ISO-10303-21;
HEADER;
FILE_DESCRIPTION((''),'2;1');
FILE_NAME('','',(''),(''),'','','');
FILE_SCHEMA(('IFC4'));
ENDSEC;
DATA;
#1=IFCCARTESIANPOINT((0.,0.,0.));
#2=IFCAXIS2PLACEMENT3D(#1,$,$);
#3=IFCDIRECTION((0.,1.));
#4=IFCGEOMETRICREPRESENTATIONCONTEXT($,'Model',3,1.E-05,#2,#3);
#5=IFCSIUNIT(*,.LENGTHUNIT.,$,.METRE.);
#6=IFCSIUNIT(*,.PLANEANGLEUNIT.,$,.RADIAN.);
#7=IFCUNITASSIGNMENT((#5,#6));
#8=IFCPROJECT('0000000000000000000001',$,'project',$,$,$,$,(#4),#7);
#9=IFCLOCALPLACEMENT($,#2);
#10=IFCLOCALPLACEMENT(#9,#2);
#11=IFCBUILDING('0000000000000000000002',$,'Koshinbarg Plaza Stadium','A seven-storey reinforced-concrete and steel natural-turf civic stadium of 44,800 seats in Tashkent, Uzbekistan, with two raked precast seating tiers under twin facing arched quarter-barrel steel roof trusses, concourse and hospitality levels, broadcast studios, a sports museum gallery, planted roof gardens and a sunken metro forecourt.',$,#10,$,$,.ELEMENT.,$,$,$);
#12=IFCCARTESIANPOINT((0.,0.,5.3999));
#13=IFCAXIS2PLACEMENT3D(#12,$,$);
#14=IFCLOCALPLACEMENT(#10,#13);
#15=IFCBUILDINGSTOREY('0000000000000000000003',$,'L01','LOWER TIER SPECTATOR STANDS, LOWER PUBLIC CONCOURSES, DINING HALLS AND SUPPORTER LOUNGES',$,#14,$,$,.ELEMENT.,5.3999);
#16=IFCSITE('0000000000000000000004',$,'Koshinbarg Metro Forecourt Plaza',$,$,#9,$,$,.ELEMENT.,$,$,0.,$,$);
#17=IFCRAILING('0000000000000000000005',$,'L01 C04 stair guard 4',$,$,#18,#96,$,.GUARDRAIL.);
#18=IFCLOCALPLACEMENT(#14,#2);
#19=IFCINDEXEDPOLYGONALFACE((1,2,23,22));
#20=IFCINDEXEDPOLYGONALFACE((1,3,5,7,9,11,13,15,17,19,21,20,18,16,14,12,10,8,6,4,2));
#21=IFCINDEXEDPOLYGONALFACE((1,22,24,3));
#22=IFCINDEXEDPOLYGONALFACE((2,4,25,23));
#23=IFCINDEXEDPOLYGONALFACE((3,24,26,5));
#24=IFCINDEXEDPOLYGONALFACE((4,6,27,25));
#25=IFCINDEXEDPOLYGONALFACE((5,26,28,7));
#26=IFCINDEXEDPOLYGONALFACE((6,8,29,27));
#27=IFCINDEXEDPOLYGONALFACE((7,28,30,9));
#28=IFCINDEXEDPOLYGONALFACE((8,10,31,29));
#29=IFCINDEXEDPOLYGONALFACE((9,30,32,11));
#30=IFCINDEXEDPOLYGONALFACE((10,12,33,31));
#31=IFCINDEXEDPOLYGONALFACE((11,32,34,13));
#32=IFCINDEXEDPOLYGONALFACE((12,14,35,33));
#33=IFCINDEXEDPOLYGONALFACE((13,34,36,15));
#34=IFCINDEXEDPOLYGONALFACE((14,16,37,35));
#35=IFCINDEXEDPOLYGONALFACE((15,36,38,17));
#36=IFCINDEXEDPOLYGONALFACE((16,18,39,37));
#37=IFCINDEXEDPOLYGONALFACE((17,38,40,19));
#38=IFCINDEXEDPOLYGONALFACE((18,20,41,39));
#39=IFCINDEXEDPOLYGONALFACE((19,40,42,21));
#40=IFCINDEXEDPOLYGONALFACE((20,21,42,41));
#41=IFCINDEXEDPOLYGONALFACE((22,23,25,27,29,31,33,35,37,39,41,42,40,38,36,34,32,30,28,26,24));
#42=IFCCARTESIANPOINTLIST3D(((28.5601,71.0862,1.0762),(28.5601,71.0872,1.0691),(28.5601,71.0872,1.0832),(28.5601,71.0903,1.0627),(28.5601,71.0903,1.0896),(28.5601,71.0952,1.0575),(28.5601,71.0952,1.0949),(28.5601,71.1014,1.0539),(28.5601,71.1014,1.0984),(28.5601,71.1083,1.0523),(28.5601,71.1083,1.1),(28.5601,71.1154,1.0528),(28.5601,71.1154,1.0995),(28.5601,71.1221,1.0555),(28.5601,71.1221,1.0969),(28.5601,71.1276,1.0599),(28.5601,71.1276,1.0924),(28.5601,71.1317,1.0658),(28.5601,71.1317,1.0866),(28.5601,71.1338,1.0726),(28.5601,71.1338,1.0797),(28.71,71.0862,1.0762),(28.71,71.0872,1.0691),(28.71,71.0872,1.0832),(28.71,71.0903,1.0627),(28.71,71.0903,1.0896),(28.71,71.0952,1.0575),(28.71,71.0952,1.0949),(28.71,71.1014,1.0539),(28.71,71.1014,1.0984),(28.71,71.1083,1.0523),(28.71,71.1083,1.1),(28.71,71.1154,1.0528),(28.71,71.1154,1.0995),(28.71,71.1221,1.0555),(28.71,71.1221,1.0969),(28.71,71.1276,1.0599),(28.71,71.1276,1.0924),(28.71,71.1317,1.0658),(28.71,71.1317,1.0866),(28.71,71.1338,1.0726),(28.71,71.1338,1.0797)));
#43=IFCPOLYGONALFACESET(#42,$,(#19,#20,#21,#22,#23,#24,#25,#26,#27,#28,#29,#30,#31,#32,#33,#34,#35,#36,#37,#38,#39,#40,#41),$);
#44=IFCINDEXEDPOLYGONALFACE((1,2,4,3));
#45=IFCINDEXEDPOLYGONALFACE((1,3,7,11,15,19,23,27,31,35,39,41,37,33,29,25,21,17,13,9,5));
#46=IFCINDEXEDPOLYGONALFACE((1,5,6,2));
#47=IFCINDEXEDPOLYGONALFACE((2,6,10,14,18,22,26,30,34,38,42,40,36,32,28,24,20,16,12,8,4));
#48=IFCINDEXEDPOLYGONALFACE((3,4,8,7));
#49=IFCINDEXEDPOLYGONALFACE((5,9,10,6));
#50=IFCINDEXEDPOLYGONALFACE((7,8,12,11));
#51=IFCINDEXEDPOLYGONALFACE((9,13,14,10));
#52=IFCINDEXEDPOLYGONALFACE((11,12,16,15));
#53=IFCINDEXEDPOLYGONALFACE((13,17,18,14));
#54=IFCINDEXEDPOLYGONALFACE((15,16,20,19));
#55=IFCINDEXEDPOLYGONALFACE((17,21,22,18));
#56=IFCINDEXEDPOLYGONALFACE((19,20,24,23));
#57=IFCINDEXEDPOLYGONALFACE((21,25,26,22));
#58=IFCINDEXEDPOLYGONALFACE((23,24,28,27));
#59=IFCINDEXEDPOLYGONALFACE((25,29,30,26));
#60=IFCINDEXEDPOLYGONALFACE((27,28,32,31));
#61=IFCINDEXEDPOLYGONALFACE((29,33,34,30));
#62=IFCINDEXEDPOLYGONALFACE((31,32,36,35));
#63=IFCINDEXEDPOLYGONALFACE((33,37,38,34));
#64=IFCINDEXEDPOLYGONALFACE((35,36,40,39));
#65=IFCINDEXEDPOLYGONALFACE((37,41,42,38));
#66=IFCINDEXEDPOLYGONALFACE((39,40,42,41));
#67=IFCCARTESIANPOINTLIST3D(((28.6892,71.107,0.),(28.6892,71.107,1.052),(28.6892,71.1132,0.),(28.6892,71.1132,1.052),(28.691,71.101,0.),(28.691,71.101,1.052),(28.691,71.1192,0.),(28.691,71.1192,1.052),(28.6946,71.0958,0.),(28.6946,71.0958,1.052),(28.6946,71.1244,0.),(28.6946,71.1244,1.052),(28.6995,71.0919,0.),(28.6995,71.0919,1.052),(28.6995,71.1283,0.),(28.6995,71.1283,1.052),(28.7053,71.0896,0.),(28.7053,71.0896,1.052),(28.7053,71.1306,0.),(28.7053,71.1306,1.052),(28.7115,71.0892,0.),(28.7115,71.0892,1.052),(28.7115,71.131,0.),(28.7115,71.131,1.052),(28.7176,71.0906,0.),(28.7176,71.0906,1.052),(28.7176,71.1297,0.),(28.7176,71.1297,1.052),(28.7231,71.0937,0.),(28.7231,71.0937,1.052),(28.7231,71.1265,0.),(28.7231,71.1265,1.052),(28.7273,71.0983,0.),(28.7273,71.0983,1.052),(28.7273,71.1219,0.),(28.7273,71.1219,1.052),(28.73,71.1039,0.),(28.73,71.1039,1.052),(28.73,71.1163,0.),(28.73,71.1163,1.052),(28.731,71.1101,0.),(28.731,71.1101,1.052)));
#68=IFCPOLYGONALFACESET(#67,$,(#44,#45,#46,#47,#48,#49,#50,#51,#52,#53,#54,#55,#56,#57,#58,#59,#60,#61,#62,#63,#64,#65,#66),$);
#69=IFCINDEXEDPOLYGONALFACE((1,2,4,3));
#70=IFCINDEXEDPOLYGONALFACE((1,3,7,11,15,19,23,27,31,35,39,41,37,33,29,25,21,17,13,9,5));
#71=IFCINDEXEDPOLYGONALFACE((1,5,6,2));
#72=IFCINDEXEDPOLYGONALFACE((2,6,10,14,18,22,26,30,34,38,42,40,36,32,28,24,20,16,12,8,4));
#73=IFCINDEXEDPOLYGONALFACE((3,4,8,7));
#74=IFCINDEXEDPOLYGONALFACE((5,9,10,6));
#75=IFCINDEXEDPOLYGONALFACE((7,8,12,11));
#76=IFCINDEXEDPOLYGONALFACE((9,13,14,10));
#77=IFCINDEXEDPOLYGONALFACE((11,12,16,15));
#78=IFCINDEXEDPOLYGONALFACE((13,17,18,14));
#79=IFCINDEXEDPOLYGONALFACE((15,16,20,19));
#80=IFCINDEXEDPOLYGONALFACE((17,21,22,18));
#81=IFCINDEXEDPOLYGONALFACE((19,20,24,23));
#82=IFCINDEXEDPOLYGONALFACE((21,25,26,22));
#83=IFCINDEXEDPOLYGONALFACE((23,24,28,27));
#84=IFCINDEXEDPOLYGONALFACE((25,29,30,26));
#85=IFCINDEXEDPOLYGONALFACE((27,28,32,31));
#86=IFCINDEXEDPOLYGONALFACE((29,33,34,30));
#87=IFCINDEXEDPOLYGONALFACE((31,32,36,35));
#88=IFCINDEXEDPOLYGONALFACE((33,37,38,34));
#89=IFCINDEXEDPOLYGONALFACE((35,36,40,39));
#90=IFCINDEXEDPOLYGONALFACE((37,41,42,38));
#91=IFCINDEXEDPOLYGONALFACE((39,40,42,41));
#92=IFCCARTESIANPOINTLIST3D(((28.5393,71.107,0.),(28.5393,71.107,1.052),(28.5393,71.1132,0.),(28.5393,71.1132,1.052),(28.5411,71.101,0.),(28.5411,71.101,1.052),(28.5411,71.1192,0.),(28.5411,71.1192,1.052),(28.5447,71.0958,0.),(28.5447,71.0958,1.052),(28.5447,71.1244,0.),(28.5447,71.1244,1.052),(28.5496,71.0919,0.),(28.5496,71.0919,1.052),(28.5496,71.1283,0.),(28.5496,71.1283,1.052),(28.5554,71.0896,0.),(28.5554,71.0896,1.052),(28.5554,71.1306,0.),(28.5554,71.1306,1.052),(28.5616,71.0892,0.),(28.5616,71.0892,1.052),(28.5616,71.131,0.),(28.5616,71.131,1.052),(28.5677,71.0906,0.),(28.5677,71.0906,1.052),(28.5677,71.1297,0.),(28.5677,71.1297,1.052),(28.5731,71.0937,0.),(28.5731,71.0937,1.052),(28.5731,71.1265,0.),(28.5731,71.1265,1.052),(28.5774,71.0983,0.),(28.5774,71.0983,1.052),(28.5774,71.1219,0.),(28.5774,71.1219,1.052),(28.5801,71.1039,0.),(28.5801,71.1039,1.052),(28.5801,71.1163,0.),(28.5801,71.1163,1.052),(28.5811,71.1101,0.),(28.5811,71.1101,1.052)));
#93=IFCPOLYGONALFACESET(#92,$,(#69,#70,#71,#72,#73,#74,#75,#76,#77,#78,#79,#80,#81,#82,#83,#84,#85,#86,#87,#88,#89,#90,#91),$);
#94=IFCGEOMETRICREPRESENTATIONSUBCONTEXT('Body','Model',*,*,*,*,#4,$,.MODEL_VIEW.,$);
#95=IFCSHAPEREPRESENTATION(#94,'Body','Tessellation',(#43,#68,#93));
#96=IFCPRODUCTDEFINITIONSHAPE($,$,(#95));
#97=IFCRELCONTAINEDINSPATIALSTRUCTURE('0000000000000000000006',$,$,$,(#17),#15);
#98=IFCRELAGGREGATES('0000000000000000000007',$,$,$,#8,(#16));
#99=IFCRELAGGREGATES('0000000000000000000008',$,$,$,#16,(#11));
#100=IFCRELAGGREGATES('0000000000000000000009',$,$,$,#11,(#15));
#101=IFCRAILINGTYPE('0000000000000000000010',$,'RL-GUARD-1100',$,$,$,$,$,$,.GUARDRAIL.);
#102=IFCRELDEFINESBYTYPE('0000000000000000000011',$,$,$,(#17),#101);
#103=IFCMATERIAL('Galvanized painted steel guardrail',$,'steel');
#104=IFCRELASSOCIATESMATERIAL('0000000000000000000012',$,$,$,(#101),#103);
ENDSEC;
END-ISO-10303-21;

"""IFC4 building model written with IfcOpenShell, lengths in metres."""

from ifc_helpers import new_model, si_unit, direction, frame, origin, origin_2d, place, context, subcontext, project, spatial, circle, extrude, material, type_object, element, save


model = new_model("IFC4")

# Units and contexts
model_context = context("Model", 3, precision=1e-05, world=origin(), true_north=direction((0.0, 1.0)))
body_context = subcontext(model_context, "Body", "Model", "MODEL_VIEW")
ifc_project = project(units=[si_unit("LENGTHUNIT", "METRE"), si_unit("PLANEANGLEUNIT", "RADIAN")], contexts=[model_context])

# Site, building, storey
site_placement = place(None, origin())
site = spatial("IfcSite", under=ifc_project, at=site_placement, Name="Koshinbarg Metro Forecourt Plaza", CompositionType="ELEMENT", RefElevation=0.0)
building_placement = place(site_placement, origin())
building = spatial("IfcBuilding", under=site, at=building_placement, Name="Koshinbarg Plaza Stadium", Description="A seven-storey reinforced-concrete and steel natural-turf civic stadium of 44,800 seats in Tashkent, Uzbekistan, with two raked precast seating tiers under twin facing arched quarter-barrel steel roof trusses, concourse and hospitality levels, broadcast studios, a sports museum gallery, planted roof gardens and a sunken metro forecourt.", CompositionType="ELEMENT")
storey_placement = place(building_placement, frame((0.0, 0.0, 5.3999)))
storey = spatial("IfcBuildingStorey", under=building, at=storey_placement, Name="L01", Description="LOWER TIER SPECTATOR STANDS, LOWER PUBLIC CONCOURSES, DINING HALLS AND SUPPORTER LOUNGES", CompositionType="ELEMENT", Elevation=5.3999)

# Railing
ifc_material_1 = material(Name="Galvanized painted steel guardrail", Category="steel")
railing_type_1 = type_object("IfcRailingType", Name="RL-GUARD-1100", PredefinedType="GUARDRAIL", material=ifc_material_1)
railing_1_placement = place(storey_placement, frame((28.71, 71.1101, 0.0)))
element("IfcRailing", 1, at=railing_1_placement, inside=storey, type_object=railing_type_1, Name="L01 C04 stair guard 4", PredefinedType="GUARDRAIL", context=body_context, shape_type="SweptSolid", body=[
    extrude(circle(Radius=0.0239, at=origin_2d()), frame((0.0, 0.0, 1.0762), z_axis=(-1.0, 0.0, 0.0), x_axis=(0.0, -1.0, 0.0)), (0.0, 0.0, 1.0), 0.1499),
    extrude(circle(Radius=0.021, at=origin_2d()), origin(), (0.0, 0.0, 1.0), 1.052),
    extrude(circle(Radius=0.021, at=origin_2d()), frame((-0.1499, 0.0, 0.0)), (0.0, 0.0, 1.0), 1.052),
])

save(model, "model.ifc")
